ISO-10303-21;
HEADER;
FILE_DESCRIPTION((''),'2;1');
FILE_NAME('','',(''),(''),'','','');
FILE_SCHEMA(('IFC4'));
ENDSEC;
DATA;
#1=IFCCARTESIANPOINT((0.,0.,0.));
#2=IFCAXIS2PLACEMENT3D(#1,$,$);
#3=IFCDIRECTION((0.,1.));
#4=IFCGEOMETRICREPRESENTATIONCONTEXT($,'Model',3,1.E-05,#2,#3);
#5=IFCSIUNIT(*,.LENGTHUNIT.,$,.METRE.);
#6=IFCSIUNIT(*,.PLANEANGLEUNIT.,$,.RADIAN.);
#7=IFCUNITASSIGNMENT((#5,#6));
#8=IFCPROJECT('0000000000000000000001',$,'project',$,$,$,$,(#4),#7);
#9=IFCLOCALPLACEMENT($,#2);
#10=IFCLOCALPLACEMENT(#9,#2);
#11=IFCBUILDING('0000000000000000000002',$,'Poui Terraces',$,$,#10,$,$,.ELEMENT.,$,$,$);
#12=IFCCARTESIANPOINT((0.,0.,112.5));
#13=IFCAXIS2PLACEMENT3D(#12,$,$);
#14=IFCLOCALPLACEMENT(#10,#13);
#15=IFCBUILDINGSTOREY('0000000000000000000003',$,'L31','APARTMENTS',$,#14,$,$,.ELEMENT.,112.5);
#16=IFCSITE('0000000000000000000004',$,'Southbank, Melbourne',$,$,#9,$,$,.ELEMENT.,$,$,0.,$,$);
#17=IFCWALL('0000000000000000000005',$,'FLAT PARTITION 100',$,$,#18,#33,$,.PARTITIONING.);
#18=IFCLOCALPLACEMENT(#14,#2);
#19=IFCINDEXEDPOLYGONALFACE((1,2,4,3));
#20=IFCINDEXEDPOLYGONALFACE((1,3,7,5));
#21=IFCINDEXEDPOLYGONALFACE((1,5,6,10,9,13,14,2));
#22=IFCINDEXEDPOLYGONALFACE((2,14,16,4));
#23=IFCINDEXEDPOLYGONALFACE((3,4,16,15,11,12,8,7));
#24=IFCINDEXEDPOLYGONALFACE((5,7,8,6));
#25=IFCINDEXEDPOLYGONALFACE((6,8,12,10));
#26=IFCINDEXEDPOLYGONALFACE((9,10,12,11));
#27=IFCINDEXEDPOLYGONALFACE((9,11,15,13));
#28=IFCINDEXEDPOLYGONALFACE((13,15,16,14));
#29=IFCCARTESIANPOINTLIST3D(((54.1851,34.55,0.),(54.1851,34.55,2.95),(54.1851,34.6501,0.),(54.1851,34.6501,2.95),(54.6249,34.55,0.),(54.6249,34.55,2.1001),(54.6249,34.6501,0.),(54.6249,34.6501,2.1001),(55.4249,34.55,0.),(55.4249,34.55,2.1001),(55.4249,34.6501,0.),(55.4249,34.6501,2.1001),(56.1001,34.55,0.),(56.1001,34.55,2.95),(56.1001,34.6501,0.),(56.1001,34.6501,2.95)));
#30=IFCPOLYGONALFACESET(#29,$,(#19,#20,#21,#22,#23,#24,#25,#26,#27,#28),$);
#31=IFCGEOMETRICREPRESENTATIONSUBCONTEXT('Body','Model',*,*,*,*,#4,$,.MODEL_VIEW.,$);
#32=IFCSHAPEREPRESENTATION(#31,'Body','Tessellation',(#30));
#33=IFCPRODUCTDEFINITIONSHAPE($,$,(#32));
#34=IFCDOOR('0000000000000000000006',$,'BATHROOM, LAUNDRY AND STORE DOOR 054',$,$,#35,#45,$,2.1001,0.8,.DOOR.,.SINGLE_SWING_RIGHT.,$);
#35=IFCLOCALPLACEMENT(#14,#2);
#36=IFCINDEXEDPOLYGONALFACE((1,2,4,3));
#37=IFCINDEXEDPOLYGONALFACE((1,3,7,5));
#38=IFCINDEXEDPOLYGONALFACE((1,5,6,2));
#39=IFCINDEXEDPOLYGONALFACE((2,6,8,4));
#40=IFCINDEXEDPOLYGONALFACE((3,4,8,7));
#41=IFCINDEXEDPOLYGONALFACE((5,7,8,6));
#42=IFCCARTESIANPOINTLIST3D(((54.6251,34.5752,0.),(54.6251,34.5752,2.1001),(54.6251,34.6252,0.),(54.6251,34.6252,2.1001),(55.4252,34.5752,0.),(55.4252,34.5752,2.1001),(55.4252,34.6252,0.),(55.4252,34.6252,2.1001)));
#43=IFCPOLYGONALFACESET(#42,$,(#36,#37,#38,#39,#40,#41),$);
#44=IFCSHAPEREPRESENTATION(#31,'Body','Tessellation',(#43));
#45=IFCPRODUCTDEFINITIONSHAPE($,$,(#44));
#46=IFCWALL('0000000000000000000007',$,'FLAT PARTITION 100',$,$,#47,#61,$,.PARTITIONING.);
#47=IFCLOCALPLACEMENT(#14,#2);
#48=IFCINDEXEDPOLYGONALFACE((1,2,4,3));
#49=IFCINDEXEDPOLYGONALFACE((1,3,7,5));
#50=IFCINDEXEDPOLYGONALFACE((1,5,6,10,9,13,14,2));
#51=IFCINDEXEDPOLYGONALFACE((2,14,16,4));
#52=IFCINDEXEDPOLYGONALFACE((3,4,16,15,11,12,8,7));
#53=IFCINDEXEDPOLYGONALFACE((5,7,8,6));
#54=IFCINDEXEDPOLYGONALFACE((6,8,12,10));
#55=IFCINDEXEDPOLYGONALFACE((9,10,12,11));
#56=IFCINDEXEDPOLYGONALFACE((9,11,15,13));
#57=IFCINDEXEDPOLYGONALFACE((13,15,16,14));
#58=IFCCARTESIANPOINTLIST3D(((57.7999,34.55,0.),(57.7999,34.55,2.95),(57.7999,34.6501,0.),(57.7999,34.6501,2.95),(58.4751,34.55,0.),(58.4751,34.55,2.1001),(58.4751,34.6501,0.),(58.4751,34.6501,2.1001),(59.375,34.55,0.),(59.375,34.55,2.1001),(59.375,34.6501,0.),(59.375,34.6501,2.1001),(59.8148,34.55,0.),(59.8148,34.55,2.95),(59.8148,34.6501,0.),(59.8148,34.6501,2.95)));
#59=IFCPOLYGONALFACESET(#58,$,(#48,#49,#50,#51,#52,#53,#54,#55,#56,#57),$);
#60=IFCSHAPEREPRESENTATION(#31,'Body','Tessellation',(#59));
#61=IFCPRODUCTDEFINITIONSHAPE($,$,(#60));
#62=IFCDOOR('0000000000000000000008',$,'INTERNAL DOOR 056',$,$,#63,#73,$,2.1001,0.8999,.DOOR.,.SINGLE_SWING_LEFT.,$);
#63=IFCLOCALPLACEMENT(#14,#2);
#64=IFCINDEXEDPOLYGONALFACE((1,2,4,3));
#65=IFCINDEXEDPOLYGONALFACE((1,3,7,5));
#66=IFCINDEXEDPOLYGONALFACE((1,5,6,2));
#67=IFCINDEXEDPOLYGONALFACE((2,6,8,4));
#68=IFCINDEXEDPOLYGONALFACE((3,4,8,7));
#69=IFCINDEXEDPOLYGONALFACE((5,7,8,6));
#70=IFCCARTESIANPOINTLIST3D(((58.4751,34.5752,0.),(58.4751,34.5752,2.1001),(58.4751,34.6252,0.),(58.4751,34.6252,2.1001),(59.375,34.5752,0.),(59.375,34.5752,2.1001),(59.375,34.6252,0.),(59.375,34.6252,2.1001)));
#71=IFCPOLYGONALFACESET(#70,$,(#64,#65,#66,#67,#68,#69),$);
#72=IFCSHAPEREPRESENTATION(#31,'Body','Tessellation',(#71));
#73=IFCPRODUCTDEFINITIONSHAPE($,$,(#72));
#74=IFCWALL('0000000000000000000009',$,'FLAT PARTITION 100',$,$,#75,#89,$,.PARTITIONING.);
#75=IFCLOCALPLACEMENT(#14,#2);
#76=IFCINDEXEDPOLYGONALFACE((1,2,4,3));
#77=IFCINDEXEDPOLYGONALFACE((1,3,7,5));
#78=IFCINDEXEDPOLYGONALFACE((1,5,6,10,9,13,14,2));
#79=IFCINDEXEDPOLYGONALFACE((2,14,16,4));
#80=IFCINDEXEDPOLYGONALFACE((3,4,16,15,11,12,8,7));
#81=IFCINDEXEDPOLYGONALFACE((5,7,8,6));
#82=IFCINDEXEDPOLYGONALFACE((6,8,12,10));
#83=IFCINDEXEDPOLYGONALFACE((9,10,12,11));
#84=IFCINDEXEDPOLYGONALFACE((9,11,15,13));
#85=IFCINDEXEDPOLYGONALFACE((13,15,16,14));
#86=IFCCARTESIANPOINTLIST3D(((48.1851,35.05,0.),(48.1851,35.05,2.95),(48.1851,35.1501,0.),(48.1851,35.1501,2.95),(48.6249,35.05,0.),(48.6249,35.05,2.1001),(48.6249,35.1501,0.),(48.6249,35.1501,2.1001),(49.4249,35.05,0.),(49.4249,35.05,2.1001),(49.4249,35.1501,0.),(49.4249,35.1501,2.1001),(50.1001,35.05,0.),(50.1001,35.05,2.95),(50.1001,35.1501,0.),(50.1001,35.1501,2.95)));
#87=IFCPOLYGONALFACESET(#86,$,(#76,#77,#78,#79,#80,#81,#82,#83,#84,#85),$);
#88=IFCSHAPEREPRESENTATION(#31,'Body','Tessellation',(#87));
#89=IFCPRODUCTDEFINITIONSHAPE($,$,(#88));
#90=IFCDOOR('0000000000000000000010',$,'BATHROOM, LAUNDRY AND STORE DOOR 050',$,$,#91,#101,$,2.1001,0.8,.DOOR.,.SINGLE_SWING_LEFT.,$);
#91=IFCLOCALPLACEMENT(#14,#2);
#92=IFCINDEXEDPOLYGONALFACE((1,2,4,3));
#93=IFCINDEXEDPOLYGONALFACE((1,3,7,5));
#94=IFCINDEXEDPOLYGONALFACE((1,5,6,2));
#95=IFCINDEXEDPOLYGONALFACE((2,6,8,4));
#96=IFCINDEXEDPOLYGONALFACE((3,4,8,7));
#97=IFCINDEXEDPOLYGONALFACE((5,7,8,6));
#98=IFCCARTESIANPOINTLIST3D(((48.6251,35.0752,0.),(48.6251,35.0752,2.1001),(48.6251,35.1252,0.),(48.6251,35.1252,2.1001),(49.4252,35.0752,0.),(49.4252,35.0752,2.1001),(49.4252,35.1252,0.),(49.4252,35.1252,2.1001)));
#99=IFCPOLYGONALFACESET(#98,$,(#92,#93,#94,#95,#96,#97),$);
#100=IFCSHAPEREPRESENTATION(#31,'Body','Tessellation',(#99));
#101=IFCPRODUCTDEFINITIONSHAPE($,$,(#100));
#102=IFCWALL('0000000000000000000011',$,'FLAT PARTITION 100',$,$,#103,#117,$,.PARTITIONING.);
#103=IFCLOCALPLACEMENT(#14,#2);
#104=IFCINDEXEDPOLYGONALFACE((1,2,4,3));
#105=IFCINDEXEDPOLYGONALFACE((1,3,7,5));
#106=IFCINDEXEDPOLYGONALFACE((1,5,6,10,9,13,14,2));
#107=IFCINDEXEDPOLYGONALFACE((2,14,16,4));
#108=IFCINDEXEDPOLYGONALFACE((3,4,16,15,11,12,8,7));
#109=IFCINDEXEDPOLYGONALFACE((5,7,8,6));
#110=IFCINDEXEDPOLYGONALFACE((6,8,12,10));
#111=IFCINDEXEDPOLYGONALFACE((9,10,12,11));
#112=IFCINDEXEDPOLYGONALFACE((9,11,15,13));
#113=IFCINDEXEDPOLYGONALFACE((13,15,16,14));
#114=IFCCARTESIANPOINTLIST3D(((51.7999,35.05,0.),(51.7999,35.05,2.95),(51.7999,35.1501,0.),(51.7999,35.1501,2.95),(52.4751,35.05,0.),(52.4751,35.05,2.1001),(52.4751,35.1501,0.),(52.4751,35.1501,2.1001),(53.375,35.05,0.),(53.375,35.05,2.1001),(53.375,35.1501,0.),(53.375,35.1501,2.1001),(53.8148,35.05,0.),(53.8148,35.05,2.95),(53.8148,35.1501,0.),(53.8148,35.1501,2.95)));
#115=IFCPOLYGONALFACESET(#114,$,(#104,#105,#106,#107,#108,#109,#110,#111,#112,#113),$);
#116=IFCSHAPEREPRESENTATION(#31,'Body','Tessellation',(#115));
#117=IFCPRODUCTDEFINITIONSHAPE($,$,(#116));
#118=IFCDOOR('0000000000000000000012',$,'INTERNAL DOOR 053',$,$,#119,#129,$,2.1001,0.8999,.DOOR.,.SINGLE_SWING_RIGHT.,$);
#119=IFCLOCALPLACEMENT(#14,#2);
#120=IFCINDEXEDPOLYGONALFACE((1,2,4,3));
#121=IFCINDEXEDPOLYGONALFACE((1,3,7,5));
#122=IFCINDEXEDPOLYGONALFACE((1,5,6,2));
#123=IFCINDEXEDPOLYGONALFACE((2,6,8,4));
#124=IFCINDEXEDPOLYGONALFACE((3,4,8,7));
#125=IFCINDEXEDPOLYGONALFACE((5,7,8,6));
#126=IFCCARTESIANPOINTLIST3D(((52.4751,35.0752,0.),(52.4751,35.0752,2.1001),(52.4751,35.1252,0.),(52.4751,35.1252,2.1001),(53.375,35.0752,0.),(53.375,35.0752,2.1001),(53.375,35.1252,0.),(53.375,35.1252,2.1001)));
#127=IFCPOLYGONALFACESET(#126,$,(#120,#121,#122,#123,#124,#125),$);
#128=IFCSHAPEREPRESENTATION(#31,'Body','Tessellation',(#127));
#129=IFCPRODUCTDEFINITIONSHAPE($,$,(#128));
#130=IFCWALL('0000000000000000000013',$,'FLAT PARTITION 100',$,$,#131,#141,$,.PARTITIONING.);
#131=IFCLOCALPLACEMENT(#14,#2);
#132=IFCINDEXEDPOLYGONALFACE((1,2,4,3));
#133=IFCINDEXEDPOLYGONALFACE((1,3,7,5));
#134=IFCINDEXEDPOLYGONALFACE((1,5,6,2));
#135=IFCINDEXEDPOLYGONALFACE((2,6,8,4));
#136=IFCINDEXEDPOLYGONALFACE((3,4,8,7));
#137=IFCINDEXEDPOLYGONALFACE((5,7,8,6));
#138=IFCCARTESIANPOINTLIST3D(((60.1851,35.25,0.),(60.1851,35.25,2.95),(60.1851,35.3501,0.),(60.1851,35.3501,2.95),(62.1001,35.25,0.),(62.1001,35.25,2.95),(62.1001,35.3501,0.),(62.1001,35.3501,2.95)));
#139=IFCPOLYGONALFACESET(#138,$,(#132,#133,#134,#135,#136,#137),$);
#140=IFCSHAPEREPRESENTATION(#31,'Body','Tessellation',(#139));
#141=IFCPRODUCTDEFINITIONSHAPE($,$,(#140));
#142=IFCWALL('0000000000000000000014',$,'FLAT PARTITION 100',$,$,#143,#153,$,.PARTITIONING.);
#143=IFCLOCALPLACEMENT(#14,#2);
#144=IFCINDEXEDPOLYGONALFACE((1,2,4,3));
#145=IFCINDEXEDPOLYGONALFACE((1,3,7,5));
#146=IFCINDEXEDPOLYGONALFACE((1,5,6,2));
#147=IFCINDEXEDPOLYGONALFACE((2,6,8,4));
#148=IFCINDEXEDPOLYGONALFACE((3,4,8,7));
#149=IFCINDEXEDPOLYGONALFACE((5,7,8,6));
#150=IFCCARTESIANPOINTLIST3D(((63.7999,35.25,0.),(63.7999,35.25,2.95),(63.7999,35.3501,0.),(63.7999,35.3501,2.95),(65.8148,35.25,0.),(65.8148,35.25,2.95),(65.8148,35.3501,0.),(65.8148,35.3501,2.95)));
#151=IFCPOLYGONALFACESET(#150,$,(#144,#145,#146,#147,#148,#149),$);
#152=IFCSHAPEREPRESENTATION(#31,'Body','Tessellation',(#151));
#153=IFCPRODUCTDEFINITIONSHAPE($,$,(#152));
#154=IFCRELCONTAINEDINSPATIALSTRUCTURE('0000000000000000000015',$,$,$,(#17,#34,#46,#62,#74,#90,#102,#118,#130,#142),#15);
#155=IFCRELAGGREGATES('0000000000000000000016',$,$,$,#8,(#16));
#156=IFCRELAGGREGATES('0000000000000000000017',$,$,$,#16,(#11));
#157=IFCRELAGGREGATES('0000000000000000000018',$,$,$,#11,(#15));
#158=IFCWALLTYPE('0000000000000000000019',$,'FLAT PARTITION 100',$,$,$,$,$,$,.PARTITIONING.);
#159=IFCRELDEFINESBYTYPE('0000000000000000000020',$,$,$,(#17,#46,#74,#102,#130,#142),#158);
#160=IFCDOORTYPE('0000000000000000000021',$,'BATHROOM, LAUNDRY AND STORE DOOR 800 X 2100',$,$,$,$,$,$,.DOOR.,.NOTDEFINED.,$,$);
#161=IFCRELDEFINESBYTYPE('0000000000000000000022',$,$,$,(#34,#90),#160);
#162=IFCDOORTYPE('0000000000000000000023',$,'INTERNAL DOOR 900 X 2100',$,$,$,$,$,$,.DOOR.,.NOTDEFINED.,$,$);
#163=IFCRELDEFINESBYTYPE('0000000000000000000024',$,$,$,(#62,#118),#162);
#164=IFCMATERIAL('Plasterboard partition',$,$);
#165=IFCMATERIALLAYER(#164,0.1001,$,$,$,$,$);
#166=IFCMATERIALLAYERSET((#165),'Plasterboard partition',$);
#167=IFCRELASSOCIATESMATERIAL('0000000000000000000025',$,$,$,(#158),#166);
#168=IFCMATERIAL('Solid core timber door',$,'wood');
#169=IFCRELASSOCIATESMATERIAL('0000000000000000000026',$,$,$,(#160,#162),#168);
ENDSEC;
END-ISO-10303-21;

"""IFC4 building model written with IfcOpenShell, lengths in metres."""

from ifc_helpers import new_model, si_unit, direction, frame, frame_2d, origin, place, context, subcontext, project, spatial, rectangle, extrude, material, layer, layer_set, type_object, element, fill, save


model = new_model("IFC4")

# Units and contexts
model_context = context("Model", 3, precision=1e-05, world=origin(), true_north=direction((0.0, 1.0)))
body_context = subcontext(model_context, "Body", "Model", "MODEL_VIEW")
ifc_project = project(units=[si_unit("LENGTHUNIT", "METRE"), si_unit("PLANEANGLEUNIT", "RADIAN")], contexts=[model_context])

# Site, building, storey
site_placement = place(None, origin())
site = spatial("IfcSite", under=ifc_project, at=site_placement, Name="Southbank, Melbourne", CompositionType="ELEMENT", RefElevation=0.0)
building_placement = place(site_placement, origin())
building = spatial("IfcBuilding", under=site, at=building_placement, Name="Poui Terraces", CompositionType="ELEMENT")
storey_placement = place(building_placement, frame((0.0, 0.0, 112.5)))
storey = spatial("IfcBuildingStorey", under=building, at=storey_placement, Name="L31", Description="APARTMENTS", CompositionType="ELEMENT", Elevation=112.5)

# Walls, openings, doors
ifc_material_1 = material(Name="Plasterboard partition")
ifc_layer_1 = layer(ifc_material_1, 0.1001)
ifc_layer_set_1 = layer_set([ifc_layer_1], Name="Plasterboard partition")
wall_type_1 = type_object("IfcWallType", Name="FLAT PARTITION 100", PredefinedType="PARTITIONING", material=ifc_layer_set_1)
wall_1_placement = place(storey_placement, frame((54.1851, 34.6001, 0.0), z_axis=(0.0, 0.0, 1.0), x_axis=(1.0, 0.0, 0.0)))
wall_1 = element("IfcWall", 1, at=wall_1_placement, inside=storey, type_object=wall_type_1, Name="FLAT PARTITION 100", PredefinedType="PARTITIONING", context=body_context, shape_type="SweptSolid", body=[
    extrude(rectangle(XDim=1.915, YDim=0.1001, at=frame_2d((0.9575, 0.0))), origin(), (0.0, 0.0, 1.0), 2.95),
])
opening_1_placement = place(wall_1_placement, frame((0.4399, 0.0, 0.0)))
opening_1 = element("IfcOpeningElement", 2, at=opening_1_placement, cuts=wall_1, PredefinedType="OPENING", context=body_context, shape_type="SweptSolid", body=[
    extrude(rectangle(XDim=0.8, YDim=2.1001, at=frame_2d((0.3999, 1.05))), frame((0.0, 0.0601, 0.0), z_axis=(0.0, -1.0, 0.0), x_axis=(1.0, 0.0, 0.0)), (0.0, 0.0, 1.0), 0.1201),
])
ifc_material_2 = material(Name="Solid core timber door", Category="wood")
door_type_1 = type_object("IfcDoorType", Name="BATHROOM, LAUNDRY AND STORE DOOR 800 X 2100", OperationType="NOTDEFINED", PredefinedType="DOOR", material=ifc_material_2)
door_1_placement = place(opening_1_placement, frame((0.8, 0.0, 0.0), z_axis=(0.0, 0.0, 1.0), x_axis=(-1.0, 0.0, 0.0)))
door_1 = element("IfcDoor", 3, at=door_1_placement, inside=storey, type_object=door_type_1, Name="BATHROOM, LAUNDRY AND STORE DOOR 054", OperationType="SINGLE_SWING_RIGHT", OverallHeight=2.1001, OverallWidth=0.8, PredefinedType="DOOR", context=body_context, shape_type="SweptSolid", body=[
    extrude(rectangle(XDim=0.8, YDim=2.1001, at=frame_2d((0.3999, 1.05))), frame((0.0, 0.0249, 0.0), z_axis=(0.0, -1.0, 0.0), x_axis=(1.0, 0.0, 0.0)), (0.0, 0.0, 1.0), 0.05),
])
fill(opening_1, door_1)
wall_2_placement = place(storey_placement, frame((57.8, 34.6001, 0.0), z_axis=(0.0, 0.0, 1.0), x_axis=(1.0, 0.0, 0.0)))
wall_2 = element("IfcWall", 4, at=wall_2_placement, inside=storey, type_object=wall_type_1, Name="FLAT PARTITION 100", PredefinedType="PARTITIONING", context=body_context, shape_type="SweptSolid", body=[
    extrude(rectangle(XDim=2.0149, YDim=0.1001, at=frame_2d((1.0073, 0.0))), origin(), (0.0, 0.0, 1.0), 2.95),
])
opening_2_placement = place(wall_2_placement, frame((0.675, 0.0, 0.0)))
opening_2 = element("IfcOpeningElement", 5, at=opening_2_placement, cuts=wall_2, PredefinedType="OPENING", context=body_context, shape_type="SweptSolid", body=[
    extrude(rectangle(XDim=0.8999, YDim=2.1001, at=frame_2d((0.45, 1.05))), frame((0.0, 0.0601, 0.0), z_axis=(0.0, -1.0, 0.0), x_axis=(1.0, 0.0, 0.0)), (0.0, 0.0, 1.0), 0.1201),
])
door_type_2 = type_object("IfcDoorType", Name="INTERNAL DOOR 900 X 2100", OperationType="NOTDEFINED", PredefinedType="DOOR", material=ifc_material_2)
door_2_placement = place(opening_2_placement, frame((0.8999, 0.0, 0.0), z_axis=(0.0, 0.0, 1.0), x_axis=(-1.0, 0.0, 0.0)))
door_2 = element("IfcDoor", 6, at=door_2_placement, inside=storey, type_object=door_type_2, Name="INTERNAL DOOR 056", OperationType="SINGLE_SWING_LEFT", OverallHeight=2.1001, OverallWidth=0.8999, PredefinedType="DOOR", context=body_context, shape_type="SweptSolid", body=[
    extrude(rectangle(XDim=0.8999, YDim=2.1001, at=frame_2d((0.45, 1.05))), frame((0.0, 0.0249, 0.0), z_axis=(0.0, -1.0, 0.0), x_axis=(1.0, 0.0, 0.0)), (0.0, 0.0, 1.0), 0.05),
])
fill(opening_2, door_2)
wall_3_placement = place(storey_placement, frame((48.1851, 35.1001, 0.0), z_axis=(0.0, 0.0, 1.0), x_axis=(1.0, 0.0, 0.0)))
wall_3 = element("IfcWall", 7, at=wall_3_placement, inside=storey, type_object=wall_type_1, Name="FLAT PARTITION 100", PredefinedType="PARTITIONING", context=body_context, shape_type="SweptSolid", body=[
    extrude(rectangle(XDim=1.915, YDim=0.1001, at=frame_2d((0.9575, 0.0))), origin(), (0.0, 0.0, 1.0), 2.95),
])
opening_3_placement = place(wall_3_placement, frame((0.4399, 0.0, 0.0)))
opening_3 = element("IfcOpeningElement", 8, at=opening_3_placement, cuts=wall_3, PredefinedType="OPENING", context=body_context, shape_type="SweptSolid", body=[
    extrude(rectangle(XDim=0.8, YDim=2.1001, at=frame_2d((0.3999, 1.05))), frame((0.0, 0.0601, 0.0), z_axis=(0.0, -1.0, 0.0), x_axis=(1.0, 0.0, 0.0)), (0.0, 0.0, 1.0), 0.1201),
])
door_3_placement = place(opening_3_placement, frame((0.8, 0.0, 0.0), z_axis=(0.0, 0.0, 1.0), x_axis=(-1.0, 0.0, 0.0)))
door_3 = element("IfcDoor", 9, at=door_3_placement, inside=storey, type_object=door_type_1, Name="BATHROOM, LAUNDRY AND STORE DOOR 050", OperationType="SINGLE_SWING_LEFT", OverallHeight=2.1001, OverallWidth=0.8, PredefinedType="DOOR", context=body_context, shape_type="SweptSolid", body=[
    extrude(rectangle(XDim=0.8, YDim=2.1001, at=frame_2d((0.3999, 1.05))), frame((0.0, 0.0249, 0.0), z_axis=(0.0, -1.0, 0.0), x_axis=(1.0, 0.0, 0.0)), (0.0, 0.0, 1.0), 0.05),
])
fill(opening_3, door_3)
wall_4_placement = place(storey_placement, frame((51.8, 35.1001, 0.0), z_axis=(0.0, 0.0, 1.0), x_axis=(1.0, 0.0, 0.0)))
wall_4 = element("IfcWall", 10, at=wall_4_placement, inside=storey, type_object=wall_type_1, Name="FLAT PARTITION 100", PredefinedType="PARTITIONING", context=body_context, shape_type="SweptSolid", body=[
    extrude(rectangle(XDim=2.0149, YDim=0.1001, at=frame_2d((1.0073, 0.0))), origin(), (0.0, 0.0, 1.0), 2.95),
])
opening_4_placement = place(wall_4_placement, frame((0.675, 0.0, 0.0)))
opening_4 = element("IfcOpeningElement", 11, at=opening_4_placement, cuts=wall_4, PredefinedType="OPENING", context=body_context, shape_type="SweptSolid", body=[
    extrude(rectangle(XDim=0.8999, YDim=2.1001, at=frame_2d((0.45, 1.05))), frame((0.0, 0.0601, 0.0), z_axis=(0.0, -1.0, 0.0), x_axis=(1.0, 0.0, 0.0)), (0.0, 0.0, 1.0), 0.1201),
])
door_4_placement = place(opening_4_placement, frame((0.8999, 0.0, 0.0), z_axis=(0.0, 0.0, 1.0), x_axis=(-1.0, 0.0, 0.0)))
door_4 = element("IfcDoor", 12, at=door_4_placement, inside=storey, type_object=door_type_2, Name="INTERNAL DOOR 053", OperationType="SINGLE_SWING_RIGHT", OverallHeight=2.1001, OverallWidth=0.8999, PredefinedType="DOOR", context=body_context, shape_type="SweptSolid", body=[
    extrude(rectangle(XDim=0.8999, YDim=2.1001, at=frame_2d((0.45, 1.05))), frame((0.0, 0.0249, 0.0), z_axis=(0.0, -1.0, 0.0), x_axis=(1.0, 0.0, 0.0)), (0.0, 0.0, 1.0), 0.05),
])
fill(opening_4, door_4)

# Walls
wall_5_placement = place(storey_placement, frame((60.1851, 35.3, 0.0), z_axis=(0.0, 0.0, 1.0), x_axis=(1.0, 0.0, 0.0)))
element("IfcWall", 13, at=wall_5_placement, inside=storey, type_object=wall_type_1, Name="FLAT PARTITION 100", PredefinedType="PARTITIONING", context=body_context, shape_type="SweptSolid", body=[
    extrude(rectangle(XDim=1.915, YDim=0.1001, at=frame_2d((0.9575, 0.0))), origin(), (0.0, 0.0, 1.0), 2.95),
])
wall_6_placement = place(storey_placement, frame((63.8, 35.3, 0.0), z_axis=(0.0, 0.0, 1.0), x_axis=(1.0, 0.0, 0.0)))
element("IfcWall", 14, at=wall_6_placement, inside=storey, type_object=wall_type_1, Name="FLAT PARTITION 100", PredefinedType="PARTITIONING", context=body_context, shape_type="SweptSolid", body=[
    extrude(rectangle(XDim=2.0149, YDim=0.1001, at=frame_2d((1.0073, 0.0))), origin(), (0.0, 0.0, 1.0), 2.95),
])

save(model, "model.ifc")
